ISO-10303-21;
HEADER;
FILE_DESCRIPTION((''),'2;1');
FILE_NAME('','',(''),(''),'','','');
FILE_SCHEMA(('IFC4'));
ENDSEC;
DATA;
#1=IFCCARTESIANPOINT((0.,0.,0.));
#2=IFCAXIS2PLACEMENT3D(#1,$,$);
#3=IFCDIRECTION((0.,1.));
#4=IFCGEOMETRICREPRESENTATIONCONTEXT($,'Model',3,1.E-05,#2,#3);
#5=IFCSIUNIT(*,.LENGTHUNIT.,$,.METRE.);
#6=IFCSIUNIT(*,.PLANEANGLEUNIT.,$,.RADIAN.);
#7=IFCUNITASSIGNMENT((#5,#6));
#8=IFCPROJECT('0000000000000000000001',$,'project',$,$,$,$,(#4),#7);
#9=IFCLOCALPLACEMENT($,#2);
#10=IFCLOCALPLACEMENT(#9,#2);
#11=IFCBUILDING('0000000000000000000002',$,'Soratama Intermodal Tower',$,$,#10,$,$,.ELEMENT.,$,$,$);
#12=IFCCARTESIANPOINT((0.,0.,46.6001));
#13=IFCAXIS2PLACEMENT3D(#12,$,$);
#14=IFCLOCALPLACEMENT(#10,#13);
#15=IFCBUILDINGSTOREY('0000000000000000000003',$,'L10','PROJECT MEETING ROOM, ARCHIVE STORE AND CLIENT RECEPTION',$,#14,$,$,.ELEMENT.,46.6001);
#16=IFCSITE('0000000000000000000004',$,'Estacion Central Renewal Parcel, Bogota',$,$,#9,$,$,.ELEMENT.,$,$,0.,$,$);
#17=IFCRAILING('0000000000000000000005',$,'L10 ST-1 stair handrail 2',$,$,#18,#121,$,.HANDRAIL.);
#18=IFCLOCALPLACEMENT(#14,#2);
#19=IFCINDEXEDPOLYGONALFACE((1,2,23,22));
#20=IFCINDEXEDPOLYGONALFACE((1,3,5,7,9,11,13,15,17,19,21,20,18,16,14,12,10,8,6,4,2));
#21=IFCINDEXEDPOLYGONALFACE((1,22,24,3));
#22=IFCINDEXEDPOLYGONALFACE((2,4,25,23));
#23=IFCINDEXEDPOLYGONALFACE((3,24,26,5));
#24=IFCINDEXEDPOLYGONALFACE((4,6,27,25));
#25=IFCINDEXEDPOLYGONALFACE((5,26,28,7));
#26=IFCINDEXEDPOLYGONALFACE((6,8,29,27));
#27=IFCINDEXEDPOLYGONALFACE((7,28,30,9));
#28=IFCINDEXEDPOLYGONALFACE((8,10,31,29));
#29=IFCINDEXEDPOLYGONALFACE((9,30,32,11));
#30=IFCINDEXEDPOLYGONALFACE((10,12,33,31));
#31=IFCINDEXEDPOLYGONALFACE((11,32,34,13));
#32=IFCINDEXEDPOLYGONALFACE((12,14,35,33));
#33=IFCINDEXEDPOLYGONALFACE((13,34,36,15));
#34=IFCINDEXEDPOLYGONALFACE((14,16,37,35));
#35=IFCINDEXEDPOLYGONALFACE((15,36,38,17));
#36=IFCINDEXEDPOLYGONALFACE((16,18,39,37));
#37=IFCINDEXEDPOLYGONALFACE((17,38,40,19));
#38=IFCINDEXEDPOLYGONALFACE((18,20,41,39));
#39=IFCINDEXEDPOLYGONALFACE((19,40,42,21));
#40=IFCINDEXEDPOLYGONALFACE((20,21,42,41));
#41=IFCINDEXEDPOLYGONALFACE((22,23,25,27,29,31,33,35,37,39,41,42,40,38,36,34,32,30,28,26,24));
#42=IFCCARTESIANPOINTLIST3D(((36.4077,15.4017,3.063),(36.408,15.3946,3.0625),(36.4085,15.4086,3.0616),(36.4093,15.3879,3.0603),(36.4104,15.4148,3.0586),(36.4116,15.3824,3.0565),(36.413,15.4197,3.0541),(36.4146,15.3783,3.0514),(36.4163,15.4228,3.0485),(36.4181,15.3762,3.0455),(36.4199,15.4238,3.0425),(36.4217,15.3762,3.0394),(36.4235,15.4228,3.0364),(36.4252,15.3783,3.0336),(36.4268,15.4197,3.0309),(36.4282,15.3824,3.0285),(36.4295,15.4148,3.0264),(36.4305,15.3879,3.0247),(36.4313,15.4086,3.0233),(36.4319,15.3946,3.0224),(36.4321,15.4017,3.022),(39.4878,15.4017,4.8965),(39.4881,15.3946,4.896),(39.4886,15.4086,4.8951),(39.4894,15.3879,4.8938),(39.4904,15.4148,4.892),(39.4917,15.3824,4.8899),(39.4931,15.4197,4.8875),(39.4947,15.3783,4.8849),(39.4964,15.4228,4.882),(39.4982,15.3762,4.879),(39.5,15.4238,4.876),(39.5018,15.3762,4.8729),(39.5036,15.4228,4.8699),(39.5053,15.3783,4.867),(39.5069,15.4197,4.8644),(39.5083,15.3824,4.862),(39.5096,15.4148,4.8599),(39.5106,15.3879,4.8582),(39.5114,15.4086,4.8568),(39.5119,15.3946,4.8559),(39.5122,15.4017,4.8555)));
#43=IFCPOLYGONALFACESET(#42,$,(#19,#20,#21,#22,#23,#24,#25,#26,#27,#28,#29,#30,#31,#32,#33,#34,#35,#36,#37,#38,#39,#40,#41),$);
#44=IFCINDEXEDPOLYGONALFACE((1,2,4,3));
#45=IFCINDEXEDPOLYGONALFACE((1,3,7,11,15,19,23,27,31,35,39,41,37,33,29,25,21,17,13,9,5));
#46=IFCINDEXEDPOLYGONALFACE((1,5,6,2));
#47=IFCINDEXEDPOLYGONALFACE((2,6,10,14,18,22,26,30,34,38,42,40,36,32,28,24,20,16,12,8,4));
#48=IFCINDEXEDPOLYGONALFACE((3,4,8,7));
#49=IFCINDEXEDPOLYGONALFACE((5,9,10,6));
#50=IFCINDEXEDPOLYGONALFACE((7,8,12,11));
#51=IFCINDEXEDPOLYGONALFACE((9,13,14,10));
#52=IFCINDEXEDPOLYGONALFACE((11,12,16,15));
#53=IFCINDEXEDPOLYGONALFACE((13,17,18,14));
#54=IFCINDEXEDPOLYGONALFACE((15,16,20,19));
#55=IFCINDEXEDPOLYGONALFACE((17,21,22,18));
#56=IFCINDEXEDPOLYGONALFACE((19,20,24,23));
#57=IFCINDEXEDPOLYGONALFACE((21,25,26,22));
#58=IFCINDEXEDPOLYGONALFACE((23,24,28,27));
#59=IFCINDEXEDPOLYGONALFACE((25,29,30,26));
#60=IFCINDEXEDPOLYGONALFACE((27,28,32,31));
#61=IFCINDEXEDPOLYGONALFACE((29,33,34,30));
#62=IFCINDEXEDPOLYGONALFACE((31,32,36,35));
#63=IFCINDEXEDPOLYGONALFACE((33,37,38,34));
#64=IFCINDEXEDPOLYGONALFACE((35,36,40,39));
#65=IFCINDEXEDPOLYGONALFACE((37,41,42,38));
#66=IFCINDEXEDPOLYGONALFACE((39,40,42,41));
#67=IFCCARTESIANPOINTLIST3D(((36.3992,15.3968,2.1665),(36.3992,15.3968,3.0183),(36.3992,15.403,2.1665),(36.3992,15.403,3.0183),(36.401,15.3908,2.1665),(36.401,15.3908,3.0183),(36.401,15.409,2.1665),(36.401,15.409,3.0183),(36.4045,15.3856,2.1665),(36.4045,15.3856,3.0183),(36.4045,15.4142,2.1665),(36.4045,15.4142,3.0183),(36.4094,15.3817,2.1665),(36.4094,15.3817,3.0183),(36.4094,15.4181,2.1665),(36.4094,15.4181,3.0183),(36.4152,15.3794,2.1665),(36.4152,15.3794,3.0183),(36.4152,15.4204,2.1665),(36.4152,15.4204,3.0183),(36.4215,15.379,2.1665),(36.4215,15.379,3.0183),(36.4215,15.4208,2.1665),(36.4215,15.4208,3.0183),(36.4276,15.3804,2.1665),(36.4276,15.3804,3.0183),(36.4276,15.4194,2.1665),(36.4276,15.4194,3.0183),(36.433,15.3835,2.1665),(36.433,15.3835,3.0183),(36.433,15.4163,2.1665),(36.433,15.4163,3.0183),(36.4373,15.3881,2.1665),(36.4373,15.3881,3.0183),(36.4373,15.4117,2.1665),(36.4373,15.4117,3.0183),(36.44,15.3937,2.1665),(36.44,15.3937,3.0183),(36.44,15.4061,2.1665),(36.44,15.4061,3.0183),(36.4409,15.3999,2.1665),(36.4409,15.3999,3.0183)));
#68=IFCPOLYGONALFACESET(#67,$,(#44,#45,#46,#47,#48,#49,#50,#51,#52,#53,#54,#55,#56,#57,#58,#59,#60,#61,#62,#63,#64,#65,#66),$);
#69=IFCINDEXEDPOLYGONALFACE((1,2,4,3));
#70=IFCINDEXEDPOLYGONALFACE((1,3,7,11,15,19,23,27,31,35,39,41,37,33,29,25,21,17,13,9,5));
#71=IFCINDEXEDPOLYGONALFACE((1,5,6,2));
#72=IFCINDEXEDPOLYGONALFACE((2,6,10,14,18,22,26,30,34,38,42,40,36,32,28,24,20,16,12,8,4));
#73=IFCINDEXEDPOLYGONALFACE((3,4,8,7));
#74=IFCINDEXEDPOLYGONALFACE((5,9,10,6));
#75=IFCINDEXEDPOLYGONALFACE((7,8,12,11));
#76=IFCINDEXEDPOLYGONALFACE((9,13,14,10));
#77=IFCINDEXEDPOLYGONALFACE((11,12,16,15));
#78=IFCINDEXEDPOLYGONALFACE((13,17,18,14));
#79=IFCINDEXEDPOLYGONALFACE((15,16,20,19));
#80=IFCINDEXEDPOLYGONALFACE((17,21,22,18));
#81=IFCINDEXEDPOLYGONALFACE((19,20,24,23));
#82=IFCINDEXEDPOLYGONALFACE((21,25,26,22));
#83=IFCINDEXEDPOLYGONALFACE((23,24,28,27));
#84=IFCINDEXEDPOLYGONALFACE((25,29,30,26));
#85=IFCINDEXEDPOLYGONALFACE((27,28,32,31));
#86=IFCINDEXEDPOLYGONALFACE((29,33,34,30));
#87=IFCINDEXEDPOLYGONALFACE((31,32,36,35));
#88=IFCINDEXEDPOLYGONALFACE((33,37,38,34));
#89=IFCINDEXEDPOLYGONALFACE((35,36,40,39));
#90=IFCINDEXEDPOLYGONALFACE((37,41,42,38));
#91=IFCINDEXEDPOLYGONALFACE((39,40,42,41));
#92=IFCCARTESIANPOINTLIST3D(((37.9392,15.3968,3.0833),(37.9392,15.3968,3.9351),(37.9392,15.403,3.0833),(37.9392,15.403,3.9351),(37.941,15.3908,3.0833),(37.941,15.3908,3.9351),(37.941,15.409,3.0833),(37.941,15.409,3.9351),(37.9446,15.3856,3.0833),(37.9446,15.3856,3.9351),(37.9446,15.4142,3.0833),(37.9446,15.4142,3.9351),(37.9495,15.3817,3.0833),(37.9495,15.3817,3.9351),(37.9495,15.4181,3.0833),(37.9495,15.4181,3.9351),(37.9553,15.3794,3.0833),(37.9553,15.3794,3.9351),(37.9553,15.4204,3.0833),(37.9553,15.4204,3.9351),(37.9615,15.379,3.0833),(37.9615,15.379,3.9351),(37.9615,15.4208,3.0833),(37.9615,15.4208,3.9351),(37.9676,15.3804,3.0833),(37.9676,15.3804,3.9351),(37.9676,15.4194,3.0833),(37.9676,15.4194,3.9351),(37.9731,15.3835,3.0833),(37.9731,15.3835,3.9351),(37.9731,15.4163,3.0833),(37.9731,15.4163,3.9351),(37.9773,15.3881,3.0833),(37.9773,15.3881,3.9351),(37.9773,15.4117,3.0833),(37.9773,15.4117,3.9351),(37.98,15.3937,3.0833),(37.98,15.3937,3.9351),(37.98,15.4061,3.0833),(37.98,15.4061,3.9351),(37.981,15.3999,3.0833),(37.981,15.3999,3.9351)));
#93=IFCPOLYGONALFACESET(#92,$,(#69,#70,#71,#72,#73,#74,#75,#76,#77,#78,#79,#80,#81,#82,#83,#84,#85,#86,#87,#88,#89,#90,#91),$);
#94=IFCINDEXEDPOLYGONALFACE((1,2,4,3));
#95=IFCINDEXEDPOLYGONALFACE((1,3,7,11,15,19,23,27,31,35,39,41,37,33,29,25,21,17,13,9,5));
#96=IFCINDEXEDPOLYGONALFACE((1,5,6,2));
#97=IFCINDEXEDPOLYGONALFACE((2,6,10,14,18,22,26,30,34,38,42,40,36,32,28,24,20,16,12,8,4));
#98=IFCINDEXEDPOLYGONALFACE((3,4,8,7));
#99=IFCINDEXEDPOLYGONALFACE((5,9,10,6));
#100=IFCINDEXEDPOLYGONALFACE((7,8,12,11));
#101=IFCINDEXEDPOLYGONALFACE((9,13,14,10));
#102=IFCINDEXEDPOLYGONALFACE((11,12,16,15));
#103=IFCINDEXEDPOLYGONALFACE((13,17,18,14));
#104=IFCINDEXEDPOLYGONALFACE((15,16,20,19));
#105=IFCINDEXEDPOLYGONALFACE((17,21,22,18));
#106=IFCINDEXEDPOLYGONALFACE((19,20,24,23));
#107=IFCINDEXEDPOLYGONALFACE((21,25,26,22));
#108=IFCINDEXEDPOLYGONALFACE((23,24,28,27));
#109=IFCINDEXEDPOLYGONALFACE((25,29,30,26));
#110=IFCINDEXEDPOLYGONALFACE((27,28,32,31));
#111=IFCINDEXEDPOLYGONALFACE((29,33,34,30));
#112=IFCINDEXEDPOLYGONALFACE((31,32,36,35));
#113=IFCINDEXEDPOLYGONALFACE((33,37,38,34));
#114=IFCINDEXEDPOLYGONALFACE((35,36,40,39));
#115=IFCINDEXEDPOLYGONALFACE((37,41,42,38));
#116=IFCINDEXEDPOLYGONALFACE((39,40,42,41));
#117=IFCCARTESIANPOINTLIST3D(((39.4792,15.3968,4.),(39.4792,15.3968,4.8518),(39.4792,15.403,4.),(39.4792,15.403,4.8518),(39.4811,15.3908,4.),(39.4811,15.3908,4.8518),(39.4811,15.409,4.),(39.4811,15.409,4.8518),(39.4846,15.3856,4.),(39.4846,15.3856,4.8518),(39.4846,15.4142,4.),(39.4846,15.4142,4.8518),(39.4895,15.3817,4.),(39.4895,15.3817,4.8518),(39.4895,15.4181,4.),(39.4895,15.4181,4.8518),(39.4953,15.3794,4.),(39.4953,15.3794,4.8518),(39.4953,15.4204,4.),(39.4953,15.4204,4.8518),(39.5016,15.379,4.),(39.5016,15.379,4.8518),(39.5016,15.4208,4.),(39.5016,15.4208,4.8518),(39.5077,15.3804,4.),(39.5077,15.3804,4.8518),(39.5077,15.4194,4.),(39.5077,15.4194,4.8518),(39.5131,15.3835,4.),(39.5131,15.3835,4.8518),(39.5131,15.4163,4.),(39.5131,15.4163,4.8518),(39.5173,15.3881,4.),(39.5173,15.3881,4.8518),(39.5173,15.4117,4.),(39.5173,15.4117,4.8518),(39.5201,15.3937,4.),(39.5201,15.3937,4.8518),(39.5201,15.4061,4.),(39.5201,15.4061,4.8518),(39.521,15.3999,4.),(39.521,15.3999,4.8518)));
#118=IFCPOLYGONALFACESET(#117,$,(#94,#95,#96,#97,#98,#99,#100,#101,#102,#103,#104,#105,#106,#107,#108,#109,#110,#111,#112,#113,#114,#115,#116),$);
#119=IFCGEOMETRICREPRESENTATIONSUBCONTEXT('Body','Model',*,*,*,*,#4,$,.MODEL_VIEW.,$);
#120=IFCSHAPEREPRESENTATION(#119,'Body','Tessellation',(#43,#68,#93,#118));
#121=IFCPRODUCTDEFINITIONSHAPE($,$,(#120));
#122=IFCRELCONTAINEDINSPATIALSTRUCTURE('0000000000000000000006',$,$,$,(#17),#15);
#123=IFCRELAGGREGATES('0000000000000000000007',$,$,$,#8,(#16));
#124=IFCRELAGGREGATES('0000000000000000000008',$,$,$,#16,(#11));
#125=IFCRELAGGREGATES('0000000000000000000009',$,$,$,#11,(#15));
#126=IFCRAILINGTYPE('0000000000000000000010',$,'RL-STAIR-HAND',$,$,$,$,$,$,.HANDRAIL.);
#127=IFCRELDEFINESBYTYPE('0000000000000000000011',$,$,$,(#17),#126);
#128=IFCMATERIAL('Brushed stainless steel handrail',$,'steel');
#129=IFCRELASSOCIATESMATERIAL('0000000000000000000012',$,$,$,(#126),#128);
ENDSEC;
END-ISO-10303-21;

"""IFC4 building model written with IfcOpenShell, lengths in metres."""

from ifc_helpers import new_model, si_unit, direction, frame, origin, origin_2d, place, context, subcontext, project, spatial, circle, extrude, material, type_object, element, save


model = new_model("IFC4")

# Units and contexts
model_context = context("Model", 3, precision=1e-05, world=origin(), true_north=direction((0.0, 1.0)))
body_context = subcontext(model_context, "Body", "Model", "MODEL_VIEW")
ifc_project = project(units=[si_unit("LENGTHUNIT", "METRE"), si_unit("PLANEANGLEUNIT", "RADIAN")], contexts=[model_context])

# Site, building, storey
site_placement = place(None, origin())
site = spatial("IfcSite", under=ifc_project, at=site_placement, Name="Estacion Central Renewal Parcel, Bogota", CompositionType="ELEMENT", RefElevation=0.0)
building_placement = place(site_placement, origin())
building = spatial("IfcBuilding", under=site, at=building_placement, Name="Soratama Intermodal Tower", CompositionType="ELEMENT")
storey_placement = place(building_placement, frame((0.0, 0.0, 46.6001)))
storey = spatial("IfcBuildingStorey", under=building, at=storey_placement, Name="L10", Description="PROJECT MEETING ROOM, ARCHIVE STORE AND CLIENT RECEPTION", CompositionType="ELEMENT", Elevation=46.6001)

# Railing
ifc_material_1 = material(Name="Brushed stainless steel handrail", Category="steel")
railing_type_1 = type_object("IfcRailingType", Name="RL-STAIR-HAND", PredefinedType="HANDRAIL", material=ifc_material_1)
railing_1_placement = place(storey_placement, frame((36.4199, 15.3999, 2.1665)))
element("IfcRailing", 1, at=railing_1_placement, inside=storey, type_object=railing_type_1, Name="L10 ST-1 stair handrail 2", PredefinedType="HANDRAIL", context=body_context, shape_type="SweptSolid", body=[
    extrude(circle(Radius=0.0239, at=origin_2d()), frame((0.0, 0.0, 0.876), z_axis=(0.859279, 0.0, 0.511508), x_axis=(0.0, 1.0, 0.0)), (0.0, 0.0, 1.0), 3.5845),
    extrude(circle(Radius=0.021, at=origin_2d()), origin(), (0.0, 0.0, 1.0), 0.8518),
    extrude(circle(Radius=0.021, at=origin_2d()), frame((1.54, 0.0, 0.9167)), (0.0, 0.0, 1.0), 0.8518),
    extrude(circle(Radius=0.021, at=origin_2d()), frame((3.0801, 0.0, 1.8335)), (0.0, 0.0, 1.0), 0.8518),
])

save(model, "model.ifc")
